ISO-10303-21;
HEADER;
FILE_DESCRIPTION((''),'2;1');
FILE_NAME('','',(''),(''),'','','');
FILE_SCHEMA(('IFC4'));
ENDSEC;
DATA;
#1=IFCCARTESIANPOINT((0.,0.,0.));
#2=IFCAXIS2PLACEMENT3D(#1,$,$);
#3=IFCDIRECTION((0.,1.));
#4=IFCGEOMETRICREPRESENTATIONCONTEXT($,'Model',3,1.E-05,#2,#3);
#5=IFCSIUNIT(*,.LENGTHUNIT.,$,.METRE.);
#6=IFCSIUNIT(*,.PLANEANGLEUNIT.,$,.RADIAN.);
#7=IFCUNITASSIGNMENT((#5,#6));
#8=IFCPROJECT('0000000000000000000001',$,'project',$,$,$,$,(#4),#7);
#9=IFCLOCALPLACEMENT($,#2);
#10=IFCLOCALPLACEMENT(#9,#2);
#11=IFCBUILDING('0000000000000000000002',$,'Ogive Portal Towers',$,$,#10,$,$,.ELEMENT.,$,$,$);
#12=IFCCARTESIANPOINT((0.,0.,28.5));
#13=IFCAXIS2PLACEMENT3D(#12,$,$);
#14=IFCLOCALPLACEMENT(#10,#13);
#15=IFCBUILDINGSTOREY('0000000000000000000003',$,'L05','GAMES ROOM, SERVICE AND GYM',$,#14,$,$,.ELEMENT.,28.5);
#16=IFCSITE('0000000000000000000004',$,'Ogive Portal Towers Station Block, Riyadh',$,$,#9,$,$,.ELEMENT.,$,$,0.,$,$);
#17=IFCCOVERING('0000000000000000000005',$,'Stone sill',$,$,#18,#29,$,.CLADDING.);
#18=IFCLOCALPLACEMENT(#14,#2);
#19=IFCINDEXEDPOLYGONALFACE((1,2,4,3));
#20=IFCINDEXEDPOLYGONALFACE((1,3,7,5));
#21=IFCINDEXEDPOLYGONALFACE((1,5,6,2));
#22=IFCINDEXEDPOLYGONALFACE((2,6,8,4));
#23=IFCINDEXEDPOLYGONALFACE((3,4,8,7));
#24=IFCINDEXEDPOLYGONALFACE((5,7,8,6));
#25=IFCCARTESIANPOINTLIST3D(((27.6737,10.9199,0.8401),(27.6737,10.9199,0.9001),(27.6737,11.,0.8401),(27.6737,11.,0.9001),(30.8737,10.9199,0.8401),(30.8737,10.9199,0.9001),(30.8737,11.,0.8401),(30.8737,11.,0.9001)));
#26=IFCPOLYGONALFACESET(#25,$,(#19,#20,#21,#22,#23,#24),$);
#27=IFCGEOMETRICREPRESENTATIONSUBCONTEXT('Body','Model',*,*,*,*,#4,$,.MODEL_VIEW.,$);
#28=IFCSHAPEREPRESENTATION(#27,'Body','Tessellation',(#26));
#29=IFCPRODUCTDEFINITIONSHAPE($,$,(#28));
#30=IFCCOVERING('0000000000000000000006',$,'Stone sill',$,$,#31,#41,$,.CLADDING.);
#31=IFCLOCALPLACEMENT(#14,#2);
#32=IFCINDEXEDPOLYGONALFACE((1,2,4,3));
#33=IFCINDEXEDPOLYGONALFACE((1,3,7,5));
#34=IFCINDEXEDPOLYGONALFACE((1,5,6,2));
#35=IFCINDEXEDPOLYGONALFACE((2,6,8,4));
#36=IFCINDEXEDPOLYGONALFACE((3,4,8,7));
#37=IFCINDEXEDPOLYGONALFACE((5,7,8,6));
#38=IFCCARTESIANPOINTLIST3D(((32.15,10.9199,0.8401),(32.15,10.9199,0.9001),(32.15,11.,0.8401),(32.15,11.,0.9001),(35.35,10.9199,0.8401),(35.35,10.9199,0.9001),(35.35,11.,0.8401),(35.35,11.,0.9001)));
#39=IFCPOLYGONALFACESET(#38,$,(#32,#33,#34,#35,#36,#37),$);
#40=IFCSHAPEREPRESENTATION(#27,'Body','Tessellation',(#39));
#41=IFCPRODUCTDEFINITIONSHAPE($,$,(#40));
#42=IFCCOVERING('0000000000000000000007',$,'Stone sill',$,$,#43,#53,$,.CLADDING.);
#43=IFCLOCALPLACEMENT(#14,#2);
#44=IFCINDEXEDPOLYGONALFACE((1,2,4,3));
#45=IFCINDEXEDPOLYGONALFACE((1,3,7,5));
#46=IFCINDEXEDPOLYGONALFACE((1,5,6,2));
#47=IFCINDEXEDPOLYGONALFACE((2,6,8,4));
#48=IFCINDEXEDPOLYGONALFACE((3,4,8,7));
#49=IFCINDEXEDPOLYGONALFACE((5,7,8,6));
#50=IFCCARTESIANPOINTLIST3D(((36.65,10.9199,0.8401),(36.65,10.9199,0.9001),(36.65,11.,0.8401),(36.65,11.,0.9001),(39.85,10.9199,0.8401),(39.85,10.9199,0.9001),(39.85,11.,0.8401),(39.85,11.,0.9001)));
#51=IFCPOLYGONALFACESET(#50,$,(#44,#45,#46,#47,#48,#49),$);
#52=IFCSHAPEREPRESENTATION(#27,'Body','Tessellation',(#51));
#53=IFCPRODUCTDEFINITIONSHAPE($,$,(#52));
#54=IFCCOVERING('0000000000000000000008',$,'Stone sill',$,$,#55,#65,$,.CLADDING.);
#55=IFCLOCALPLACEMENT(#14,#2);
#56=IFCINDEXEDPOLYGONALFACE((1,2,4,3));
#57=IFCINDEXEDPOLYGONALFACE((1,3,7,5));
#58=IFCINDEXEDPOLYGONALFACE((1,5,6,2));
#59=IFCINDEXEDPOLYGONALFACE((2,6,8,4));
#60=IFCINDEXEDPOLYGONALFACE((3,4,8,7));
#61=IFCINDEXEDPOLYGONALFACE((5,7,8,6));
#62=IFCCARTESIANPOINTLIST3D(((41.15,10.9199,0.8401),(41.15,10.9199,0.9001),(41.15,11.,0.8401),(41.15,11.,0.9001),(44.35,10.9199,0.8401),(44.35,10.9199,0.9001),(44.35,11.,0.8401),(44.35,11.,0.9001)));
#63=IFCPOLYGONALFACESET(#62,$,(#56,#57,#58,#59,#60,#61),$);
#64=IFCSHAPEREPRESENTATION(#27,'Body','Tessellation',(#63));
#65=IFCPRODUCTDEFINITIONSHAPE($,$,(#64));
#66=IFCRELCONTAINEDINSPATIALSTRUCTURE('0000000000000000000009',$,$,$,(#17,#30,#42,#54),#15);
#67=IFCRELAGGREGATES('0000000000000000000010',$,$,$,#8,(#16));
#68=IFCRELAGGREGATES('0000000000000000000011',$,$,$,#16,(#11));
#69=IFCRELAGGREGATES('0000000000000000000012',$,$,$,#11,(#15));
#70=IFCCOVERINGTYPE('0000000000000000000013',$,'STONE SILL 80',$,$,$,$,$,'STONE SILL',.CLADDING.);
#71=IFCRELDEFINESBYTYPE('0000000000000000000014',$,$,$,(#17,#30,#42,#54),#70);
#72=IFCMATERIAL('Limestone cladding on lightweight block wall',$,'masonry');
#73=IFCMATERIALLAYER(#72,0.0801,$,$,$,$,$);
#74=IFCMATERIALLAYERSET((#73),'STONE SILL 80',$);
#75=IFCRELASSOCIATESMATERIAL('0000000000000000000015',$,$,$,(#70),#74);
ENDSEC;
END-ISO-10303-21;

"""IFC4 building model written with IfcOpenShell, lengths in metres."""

from ifc_helpers import new_model, si_unit, direction, frame, origin, origin_2d, place, context, subcontext, project, spatial, rectangle, extrude, material, layer, layer_set, type_object, element, save


model = new_model("IFC4")

# Units and contexts
model_context = context("Model", 3, precision=1e-05, world=origin(), true_north=direction((0.0, 1.0)))
body_context = subcontext(model_context, "Body", "Model", "MODEL_VIEW")
ifc_project = project(units=[si_unit("LENGTHUNIT", "METRE"), si_unit("PLANEANGLEUNIT", "RADIAN")], contexts=[model_context])

# Site, building, storey
site_placement = place(None, origin())
site = spatial("IfcSite", under=ifc_project, at=site_placement, Name="Ogive Portal Towers Station Block, Riyadh", CompositionType="ELEMENT", RefElevation=0.0)
building_placement = place(site_placement, origin())
building = spatial("IfcBuilding", under=site, at=building_placement, Name="Ogive Portal Towers", CompositionType="ELEMENT")
storey_placement = place(building_placement, frame((0.0, 0.0, 28.5)))
storey = spatial("IfcBuildingStorey", under=building, at=storey_placement, Name="L05", Description="GAMES ROOM, SERVICE AND GYM", CompositionType="ELEMENT", Elevation=28.5)

# Coverings
ifc_material_1 = material(Name="Limestone cladding on lightweight block wall", Category="masonry")
ifc_layer_1 = layer(ifc_material_1, 0.0801)
ifc_layer_set_1 = layer_set([ifc_layer_1], Name="STONE SILL 80")
covering_type = type_object("IfcCoveringType", Name="STONE SILL 80", ElementType="STONE SILL", PredefinedType="CLADDING", material=ifc_layer_set_1)
for number, where, z_axis, x_axis, name in (
    (1, (29.2737, 10.96, 0.8401), (0.0, 0.0, 1.0), (1.0, 0.0, 0.0), "Stone sill"),
    (2, (33.75, 10.96, 0.8401), (0.0, 0.0, 1.0), (1.0, 0.0, 0.0), "Stone sill"),
    (3, (38.25, 10.96, 0.8401), (0.0, 0.0, 1.0), (1.0, 0.0, 0.0), "Stone sill"),
    (4, (42.75, 10.96, 0.8401), (0.0, 0.0, 1.0), (1.0, 0.0, 0.0), "Stone sill"),
):
    element("IfcCovering", number, at=place(storey_placement, frame(where, z_axis=z_axis, x_axis=x_axis)), inside=storey, type_object=covering_type, Name=name, PredefinedType="CLADDING", context=body_context, shape_type="SweptSolid", body=[
        extrude(rectangle(XDim=3.2, YDim=0.0801, at=origin_2d()), origin(), (0.0, 0.0, 1.0), 0.0601),
    ])

save(model, "model.ifc")
